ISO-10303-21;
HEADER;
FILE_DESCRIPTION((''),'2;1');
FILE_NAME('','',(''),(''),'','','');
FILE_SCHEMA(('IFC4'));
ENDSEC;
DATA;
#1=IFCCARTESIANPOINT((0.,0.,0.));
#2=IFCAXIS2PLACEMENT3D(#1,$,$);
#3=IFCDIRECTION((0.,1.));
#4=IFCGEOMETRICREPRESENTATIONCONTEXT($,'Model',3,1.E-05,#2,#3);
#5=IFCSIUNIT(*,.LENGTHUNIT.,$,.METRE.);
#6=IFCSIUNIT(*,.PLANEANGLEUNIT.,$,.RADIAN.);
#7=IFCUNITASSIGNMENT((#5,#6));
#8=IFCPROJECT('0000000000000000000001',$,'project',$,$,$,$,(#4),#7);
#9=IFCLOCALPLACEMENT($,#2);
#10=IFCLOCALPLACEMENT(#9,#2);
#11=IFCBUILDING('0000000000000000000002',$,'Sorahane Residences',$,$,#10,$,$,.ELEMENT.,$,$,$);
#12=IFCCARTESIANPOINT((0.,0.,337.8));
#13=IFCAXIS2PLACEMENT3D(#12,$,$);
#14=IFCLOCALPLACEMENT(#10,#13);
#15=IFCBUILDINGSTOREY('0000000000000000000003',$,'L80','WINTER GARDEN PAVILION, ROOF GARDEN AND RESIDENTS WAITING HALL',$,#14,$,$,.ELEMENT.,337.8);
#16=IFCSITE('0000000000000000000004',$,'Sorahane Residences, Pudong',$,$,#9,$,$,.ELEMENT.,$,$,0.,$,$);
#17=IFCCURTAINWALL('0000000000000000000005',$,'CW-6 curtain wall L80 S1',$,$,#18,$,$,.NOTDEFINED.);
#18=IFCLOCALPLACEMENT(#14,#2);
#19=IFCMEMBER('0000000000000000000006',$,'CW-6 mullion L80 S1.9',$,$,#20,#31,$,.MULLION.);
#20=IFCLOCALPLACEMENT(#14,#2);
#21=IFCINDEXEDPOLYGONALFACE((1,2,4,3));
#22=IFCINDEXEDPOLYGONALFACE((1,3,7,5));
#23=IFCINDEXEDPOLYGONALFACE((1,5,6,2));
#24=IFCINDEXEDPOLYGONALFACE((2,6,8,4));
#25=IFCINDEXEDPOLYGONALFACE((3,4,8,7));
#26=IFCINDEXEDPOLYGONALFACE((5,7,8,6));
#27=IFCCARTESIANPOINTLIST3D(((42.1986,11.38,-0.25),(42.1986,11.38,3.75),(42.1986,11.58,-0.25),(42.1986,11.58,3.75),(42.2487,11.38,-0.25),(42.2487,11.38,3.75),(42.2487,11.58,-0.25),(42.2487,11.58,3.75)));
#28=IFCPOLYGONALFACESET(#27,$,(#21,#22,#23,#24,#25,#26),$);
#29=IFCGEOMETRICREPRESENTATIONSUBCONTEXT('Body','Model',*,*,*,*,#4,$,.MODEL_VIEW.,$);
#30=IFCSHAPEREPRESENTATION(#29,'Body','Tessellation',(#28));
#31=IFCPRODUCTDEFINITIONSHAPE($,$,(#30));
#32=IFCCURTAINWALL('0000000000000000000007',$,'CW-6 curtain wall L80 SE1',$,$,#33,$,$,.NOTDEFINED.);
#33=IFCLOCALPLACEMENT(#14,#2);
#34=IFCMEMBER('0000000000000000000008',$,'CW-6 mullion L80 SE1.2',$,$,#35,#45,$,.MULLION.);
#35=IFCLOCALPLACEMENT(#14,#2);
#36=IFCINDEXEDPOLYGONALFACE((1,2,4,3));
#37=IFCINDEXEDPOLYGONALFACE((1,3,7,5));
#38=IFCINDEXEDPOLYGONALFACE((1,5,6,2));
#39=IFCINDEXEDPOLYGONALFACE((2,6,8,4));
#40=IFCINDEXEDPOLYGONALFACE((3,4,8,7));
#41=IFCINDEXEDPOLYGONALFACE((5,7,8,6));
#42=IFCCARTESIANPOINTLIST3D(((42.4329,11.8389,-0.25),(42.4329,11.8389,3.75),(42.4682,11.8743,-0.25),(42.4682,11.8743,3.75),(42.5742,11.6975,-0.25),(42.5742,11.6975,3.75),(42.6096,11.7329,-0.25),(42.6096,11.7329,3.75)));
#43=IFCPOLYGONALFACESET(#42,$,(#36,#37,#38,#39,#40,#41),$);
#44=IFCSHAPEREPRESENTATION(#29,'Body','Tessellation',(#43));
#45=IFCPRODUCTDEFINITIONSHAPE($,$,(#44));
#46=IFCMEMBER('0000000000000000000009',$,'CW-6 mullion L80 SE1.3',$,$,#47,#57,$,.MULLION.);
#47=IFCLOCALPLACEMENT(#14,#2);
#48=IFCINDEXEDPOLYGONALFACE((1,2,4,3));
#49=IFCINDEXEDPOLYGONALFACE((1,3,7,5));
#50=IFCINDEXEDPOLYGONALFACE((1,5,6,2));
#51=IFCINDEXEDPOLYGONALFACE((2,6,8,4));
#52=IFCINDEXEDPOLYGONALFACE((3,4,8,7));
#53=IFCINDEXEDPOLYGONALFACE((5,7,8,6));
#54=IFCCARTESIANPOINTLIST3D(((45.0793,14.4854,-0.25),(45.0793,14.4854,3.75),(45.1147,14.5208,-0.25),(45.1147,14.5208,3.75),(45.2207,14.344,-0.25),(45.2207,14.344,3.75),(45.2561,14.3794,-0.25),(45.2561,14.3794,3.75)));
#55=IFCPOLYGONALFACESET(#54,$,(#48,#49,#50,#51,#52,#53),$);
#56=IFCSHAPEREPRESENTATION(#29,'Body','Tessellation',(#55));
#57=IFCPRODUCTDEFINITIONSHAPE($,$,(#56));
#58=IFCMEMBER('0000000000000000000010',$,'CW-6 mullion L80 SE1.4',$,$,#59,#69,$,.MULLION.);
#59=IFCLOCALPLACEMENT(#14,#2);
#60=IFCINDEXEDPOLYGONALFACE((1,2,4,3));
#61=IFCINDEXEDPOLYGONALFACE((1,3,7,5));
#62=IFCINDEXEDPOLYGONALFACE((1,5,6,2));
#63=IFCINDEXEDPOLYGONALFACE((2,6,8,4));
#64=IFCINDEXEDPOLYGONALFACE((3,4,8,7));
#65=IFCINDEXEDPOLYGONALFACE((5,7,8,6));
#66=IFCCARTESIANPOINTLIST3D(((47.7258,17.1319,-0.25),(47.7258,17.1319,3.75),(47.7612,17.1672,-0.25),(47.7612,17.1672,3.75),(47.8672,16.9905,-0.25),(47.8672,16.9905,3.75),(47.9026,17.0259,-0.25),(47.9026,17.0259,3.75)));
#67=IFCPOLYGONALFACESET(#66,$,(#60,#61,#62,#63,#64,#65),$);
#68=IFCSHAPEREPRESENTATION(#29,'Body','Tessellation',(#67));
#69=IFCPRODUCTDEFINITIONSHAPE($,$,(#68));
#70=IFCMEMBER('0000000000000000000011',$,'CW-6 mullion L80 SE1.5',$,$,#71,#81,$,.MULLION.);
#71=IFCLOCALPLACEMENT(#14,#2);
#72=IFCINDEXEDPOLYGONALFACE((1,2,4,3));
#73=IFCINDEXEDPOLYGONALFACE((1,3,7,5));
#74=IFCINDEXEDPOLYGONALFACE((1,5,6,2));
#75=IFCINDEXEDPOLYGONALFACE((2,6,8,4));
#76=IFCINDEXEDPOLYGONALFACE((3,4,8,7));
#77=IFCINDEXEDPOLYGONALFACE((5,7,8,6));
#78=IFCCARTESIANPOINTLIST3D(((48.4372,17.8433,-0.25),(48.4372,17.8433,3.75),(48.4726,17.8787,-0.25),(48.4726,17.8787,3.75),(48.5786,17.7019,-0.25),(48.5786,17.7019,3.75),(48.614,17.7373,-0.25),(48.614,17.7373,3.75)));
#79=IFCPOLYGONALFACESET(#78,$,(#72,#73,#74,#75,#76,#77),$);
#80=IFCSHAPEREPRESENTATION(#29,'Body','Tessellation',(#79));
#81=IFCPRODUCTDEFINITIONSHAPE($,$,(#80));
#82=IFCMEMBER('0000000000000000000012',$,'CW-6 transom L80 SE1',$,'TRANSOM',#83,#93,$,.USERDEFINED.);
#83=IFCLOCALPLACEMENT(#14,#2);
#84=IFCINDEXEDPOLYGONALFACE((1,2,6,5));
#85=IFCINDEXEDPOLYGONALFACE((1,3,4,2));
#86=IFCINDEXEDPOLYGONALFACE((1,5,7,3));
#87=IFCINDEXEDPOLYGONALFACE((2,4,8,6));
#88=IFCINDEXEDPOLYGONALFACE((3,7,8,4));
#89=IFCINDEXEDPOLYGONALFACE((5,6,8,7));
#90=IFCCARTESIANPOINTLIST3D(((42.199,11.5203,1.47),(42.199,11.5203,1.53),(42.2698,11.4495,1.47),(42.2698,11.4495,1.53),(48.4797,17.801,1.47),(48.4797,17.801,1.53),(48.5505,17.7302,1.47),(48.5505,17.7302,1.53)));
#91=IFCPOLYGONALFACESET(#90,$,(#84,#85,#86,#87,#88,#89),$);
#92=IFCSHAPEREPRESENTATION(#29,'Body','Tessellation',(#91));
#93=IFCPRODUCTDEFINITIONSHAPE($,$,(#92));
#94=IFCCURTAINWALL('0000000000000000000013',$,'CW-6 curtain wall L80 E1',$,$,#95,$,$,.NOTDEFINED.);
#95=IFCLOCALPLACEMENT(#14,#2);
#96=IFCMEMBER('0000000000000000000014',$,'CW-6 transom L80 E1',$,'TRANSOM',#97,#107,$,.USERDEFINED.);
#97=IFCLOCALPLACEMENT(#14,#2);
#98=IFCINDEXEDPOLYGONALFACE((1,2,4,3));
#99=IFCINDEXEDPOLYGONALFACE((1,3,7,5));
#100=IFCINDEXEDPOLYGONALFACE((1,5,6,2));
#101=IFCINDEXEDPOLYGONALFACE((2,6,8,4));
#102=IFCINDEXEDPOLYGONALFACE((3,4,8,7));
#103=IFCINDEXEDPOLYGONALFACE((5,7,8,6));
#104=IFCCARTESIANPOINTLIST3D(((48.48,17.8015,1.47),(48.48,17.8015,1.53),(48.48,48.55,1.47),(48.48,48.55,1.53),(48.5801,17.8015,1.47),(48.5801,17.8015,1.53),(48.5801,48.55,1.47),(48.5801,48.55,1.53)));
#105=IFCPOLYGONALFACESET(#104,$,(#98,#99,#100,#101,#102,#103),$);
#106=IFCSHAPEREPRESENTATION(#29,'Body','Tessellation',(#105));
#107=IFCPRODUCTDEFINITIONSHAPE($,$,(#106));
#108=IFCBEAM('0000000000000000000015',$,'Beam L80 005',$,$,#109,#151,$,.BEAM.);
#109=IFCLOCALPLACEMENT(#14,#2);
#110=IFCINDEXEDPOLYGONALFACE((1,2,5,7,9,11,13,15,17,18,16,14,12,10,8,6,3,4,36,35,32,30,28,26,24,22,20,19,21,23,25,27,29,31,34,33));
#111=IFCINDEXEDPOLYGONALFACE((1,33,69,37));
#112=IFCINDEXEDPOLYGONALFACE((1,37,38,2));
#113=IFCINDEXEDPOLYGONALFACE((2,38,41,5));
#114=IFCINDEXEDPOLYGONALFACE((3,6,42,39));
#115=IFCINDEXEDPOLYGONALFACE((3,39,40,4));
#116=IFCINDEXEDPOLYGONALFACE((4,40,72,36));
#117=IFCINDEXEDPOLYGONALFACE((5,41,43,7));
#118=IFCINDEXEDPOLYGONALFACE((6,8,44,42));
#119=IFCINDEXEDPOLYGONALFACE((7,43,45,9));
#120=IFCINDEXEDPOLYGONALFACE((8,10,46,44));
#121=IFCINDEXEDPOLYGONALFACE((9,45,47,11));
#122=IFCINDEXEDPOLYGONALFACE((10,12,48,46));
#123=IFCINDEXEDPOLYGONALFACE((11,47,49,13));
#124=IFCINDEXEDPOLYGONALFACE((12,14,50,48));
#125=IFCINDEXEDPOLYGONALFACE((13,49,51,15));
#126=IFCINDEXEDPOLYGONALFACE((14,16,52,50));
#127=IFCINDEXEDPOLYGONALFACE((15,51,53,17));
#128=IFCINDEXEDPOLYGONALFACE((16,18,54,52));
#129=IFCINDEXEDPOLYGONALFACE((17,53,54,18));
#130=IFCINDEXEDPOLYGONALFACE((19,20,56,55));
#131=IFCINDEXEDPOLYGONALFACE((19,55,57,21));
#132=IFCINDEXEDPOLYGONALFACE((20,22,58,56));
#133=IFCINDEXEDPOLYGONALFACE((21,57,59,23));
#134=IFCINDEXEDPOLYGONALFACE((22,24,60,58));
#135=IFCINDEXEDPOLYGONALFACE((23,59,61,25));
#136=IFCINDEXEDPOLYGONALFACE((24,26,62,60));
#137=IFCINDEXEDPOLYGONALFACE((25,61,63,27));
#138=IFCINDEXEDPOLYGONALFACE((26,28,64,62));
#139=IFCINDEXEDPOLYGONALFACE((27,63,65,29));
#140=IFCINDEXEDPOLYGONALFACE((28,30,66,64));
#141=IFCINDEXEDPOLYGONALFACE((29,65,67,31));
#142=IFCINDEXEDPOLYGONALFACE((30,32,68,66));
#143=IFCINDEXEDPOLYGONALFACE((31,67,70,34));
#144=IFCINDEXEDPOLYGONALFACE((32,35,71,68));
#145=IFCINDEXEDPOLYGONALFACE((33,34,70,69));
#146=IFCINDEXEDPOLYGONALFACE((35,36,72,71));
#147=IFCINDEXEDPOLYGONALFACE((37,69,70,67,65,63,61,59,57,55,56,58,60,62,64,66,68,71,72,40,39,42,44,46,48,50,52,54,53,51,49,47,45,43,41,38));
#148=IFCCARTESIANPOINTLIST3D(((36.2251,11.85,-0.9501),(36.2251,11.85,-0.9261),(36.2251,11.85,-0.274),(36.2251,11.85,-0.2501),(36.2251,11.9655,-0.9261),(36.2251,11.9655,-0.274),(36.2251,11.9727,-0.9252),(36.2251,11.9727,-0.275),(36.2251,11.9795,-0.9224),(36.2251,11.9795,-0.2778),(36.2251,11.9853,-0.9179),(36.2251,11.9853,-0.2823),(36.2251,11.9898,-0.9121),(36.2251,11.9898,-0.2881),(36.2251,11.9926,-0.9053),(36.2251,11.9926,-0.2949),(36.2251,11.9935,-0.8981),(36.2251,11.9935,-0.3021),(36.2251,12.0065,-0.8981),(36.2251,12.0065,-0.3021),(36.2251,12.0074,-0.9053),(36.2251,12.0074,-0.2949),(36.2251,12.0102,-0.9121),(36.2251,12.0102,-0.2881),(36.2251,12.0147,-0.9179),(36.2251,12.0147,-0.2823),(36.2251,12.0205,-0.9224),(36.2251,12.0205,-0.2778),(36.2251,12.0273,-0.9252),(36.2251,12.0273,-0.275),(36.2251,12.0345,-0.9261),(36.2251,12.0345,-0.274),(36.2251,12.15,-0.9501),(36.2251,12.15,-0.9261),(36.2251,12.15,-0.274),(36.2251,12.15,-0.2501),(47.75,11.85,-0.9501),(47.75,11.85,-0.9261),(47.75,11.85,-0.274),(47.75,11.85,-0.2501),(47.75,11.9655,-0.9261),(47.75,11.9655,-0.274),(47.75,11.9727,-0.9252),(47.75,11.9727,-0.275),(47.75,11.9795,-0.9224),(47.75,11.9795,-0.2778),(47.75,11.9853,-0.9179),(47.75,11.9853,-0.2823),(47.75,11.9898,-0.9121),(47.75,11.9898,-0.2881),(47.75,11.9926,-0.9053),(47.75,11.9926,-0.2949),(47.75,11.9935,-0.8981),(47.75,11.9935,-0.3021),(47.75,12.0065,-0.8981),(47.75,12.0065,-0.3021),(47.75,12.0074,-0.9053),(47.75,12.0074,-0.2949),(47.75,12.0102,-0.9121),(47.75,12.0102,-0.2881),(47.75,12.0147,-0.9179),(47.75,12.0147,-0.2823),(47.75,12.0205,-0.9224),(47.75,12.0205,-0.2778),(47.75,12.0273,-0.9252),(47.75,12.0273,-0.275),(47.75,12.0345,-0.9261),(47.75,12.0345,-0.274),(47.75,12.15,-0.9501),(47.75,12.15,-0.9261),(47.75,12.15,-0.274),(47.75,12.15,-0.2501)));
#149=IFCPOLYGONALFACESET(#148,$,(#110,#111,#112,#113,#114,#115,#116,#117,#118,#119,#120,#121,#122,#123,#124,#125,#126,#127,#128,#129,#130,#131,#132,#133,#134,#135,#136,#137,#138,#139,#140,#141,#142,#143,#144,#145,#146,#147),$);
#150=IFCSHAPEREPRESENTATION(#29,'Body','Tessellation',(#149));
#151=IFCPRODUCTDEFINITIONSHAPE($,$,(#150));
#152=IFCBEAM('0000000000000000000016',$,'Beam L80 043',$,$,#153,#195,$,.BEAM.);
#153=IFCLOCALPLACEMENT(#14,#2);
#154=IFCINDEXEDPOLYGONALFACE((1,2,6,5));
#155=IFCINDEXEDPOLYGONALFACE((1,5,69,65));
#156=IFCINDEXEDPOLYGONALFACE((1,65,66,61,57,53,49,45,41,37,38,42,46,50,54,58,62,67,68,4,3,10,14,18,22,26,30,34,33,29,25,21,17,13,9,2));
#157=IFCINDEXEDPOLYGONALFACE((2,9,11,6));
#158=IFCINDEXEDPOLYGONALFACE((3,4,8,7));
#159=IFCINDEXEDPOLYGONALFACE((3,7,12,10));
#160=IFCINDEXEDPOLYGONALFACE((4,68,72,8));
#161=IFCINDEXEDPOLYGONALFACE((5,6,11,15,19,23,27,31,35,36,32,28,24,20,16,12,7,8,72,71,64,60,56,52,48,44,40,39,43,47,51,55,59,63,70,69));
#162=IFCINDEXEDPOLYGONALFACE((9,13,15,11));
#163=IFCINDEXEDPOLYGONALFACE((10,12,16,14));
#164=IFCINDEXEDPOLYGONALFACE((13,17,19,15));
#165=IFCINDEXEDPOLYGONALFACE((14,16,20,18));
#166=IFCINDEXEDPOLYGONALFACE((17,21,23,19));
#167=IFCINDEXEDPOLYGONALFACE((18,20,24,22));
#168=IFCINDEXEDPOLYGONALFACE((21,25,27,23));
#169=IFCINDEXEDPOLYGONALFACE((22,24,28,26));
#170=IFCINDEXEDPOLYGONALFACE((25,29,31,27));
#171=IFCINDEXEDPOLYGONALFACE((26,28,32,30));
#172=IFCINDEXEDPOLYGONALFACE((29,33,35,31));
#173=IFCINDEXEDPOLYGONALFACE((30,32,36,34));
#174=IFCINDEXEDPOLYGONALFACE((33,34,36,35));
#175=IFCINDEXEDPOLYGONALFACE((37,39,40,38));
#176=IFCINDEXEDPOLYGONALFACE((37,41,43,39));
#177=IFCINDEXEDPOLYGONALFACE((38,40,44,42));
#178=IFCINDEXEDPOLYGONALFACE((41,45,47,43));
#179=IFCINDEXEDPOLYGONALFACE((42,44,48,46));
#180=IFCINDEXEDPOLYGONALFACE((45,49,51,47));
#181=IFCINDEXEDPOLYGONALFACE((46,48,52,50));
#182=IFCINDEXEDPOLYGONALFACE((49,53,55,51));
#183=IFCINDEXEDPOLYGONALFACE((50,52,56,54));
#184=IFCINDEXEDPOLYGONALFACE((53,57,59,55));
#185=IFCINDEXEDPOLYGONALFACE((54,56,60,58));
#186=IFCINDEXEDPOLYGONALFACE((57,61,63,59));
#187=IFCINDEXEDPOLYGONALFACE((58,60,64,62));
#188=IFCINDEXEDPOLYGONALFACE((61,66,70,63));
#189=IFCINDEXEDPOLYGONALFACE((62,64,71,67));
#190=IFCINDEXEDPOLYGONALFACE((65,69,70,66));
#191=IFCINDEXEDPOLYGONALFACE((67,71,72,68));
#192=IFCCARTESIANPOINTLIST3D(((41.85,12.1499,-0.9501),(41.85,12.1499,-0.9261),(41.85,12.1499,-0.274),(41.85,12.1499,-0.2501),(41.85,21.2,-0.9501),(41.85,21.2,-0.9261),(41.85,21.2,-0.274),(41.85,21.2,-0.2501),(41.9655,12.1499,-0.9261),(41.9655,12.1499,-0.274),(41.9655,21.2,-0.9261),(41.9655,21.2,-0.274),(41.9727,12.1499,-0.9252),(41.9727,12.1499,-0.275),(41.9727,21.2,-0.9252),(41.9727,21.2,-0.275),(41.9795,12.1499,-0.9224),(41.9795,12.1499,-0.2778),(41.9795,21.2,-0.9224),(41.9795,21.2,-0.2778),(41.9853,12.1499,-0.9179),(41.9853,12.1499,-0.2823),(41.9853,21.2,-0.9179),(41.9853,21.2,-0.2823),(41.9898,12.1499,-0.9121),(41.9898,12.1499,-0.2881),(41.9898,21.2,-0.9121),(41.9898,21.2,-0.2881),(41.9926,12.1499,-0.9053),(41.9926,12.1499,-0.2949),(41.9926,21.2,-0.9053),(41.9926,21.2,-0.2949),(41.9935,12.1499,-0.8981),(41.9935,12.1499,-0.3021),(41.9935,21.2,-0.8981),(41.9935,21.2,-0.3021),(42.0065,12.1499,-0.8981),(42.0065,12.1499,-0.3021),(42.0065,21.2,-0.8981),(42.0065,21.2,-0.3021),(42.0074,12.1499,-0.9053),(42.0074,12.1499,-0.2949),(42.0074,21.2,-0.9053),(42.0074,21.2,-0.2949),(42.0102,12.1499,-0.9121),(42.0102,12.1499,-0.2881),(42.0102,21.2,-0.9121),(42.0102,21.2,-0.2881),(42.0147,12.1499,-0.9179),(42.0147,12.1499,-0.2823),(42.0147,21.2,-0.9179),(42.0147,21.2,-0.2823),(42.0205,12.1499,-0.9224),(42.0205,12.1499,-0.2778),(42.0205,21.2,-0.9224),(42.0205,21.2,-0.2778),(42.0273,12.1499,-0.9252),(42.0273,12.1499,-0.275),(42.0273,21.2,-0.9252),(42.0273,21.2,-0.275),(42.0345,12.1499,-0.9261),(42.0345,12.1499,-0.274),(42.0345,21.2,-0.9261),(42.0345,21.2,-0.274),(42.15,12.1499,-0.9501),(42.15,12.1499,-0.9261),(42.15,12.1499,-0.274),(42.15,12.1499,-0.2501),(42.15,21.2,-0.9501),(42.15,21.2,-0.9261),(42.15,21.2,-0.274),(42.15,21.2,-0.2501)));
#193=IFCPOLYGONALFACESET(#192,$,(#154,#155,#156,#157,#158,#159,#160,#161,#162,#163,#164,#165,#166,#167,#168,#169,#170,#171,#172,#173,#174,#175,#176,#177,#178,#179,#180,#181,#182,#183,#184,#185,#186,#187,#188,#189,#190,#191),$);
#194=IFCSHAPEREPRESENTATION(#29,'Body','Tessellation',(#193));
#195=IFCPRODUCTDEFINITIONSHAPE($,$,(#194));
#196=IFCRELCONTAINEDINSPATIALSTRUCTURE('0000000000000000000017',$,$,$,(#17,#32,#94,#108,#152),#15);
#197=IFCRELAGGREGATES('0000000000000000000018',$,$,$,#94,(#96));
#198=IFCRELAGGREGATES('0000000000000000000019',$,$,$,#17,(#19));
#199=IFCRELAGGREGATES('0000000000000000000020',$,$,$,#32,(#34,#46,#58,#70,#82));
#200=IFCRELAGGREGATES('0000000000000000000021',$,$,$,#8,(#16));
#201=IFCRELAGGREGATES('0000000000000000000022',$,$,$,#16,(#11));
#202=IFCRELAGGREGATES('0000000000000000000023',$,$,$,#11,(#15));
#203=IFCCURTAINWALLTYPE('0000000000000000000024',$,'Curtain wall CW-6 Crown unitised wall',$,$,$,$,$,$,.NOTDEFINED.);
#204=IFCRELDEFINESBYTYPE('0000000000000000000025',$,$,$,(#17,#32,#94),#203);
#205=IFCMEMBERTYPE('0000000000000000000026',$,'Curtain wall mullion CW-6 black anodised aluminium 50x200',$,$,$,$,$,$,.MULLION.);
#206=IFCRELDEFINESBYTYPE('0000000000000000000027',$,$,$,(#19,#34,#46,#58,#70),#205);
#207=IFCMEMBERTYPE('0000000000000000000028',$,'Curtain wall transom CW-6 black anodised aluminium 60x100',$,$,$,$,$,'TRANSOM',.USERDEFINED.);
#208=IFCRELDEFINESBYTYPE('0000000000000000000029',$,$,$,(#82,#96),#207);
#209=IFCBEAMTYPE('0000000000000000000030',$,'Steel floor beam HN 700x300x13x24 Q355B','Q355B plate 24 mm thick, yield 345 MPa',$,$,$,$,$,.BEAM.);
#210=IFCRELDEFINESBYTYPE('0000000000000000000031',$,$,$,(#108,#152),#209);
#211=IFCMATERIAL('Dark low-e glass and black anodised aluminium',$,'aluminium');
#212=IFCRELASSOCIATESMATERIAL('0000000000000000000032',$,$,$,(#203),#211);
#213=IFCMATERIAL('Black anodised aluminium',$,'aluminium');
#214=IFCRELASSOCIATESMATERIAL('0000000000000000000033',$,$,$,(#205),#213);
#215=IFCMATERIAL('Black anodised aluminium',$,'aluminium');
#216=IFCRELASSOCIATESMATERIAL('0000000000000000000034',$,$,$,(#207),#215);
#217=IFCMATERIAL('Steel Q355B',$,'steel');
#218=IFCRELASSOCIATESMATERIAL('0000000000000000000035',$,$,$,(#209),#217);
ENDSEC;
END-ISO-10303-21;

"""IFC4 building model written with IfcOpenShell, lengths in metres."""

from ifc_helpers import new_model, si_unit, direction, frame, origin, origin_2d, place, context, subcontext, project, spatial, rectangle, i_section, extrude, material, material_profile, profile_set, type_object, element, aggregate, save


model = new_model("IFC4")

# Units and contexts
model_context = context("Model", 3, precision=1e-05, world=origin(), true_north=direction((0.0, 1.0)))
body_context = subcontext(model_context, "Body", "Model", "MODEL_VIEW")
ifc_project = project(units=[si_unit("LENGTHUNIT", "METRE"), si_unit("PLANEANGLEUNIT", "RADIAN")], contexts=[model_context])

# Site, building, storey
site_placement = place(None, origin())
site = spatial("IfcSite", under=ifc_project, at=site_placement, Name="Sorahane Residences, Pudong", CompositionType="ELEMENT", RefElevation=0.0)
building_placement = place(site_placement, origin())
building = spatial("IfcBuilding", under=site, at=building_placement, Name="Sorahane Residences", CompositionType="ELEMENT")
storey_placement = place(building_placement, frame((0.0, 0.0, 337.8)))
storey = spatial("IfcBuildingStorey", under=building, at=storey_placement, Name="L80", Description="WINTER GARDEN PAVILION, ROOF GARDEN AND RESIDENTS WAITING HALL", CompositionType="ELEMENT", Elevation=337.8)

# Curtain wall, member
ifc_material_1 = material(Name="Dark low-e glass and black anodised aluminium", Category="aluminium")
curtain_wall_type = type_object("IfcCurtainWallType", Name="Curtain wall CW-6 Crown unitised wall", PredefinedType="NOTDEFINED", material=ifc_material_1)
curtain_wall_1_placement = place(storey_placement, origin())
curtain_wall_1 = element("IfcCurtainWall", 1, at=curtain_wall_1_placement, inside=storey, type_object=curtain_wall_type, Name="CW-6 curtain wall L80 S1", PredefinedType="NOTDEFINED")
ifc_material_2 = material(Name="Black anodised aluminium", Category="aluminium")
ifc_material_profile_1 = material_profile(ifc_material_2, rectangle(XDim=0.2, YDim=0.05, at=origin_2d()), Name="Curtain wall mullion CW-6 black anodised aluminium 50x200")
ifc_profile_set_1 = profile_set([ifc_material_profile_1], Name="Black anodised aluminium")
member_type_1 = type_object("IfcMemberType", Name="Curtain wall mullion CW-6 black anodised aluminium 50x200", PredefinedType="MULLION", material=ifc_profile_set_1)
member_1_placement = place(storey_placement, frame((42.2236, 11.48, -0.25), z_axis=(0.0, 0.0, 1.0), x_axis=(0.0, -1.0, 0.0)))
member_1 = element("IfcMember", 2, at=member_1_placement, type_object=member_type_1, Name="CW-6 mullion L80 S1.9", PredefinedType="MULLION", context=body_context, shape_type="SweptSolid", body=[
    extrude(rectangle(XDim=0.2, YDim=0.05, at=origin_2d()), origin(), (0.0, 0.0, 1.0), 4.0),
])

# Curtain wall, members
curtain_wall_2_placement = place(storey_placement, origin())
curtain_wall_2 = element("IfcCurtainWall", 3, at=curtain_wall_2_placement, inside=storey, type_object=curtain_wall_type, Name="CW-6 curtain wall L80 SE1", PredefinedType="NOTDEFINED")
member_2_placement = place(storey_placement, frame((42.5212, 11.7859, -0.25), z_axis=(0.0, 0.0, 1.0), x_axis=(0.707107, -0.707107, 0.0)))
member_2 = element("IfcMember", 4, at=member_2_placement, type_object=member_type_1, Name="CW-6 mullion L80 SE1.2", PredefinedType="MULLION", context=body_context, shape_type="SweptSolid", body=[
    extrude(rectangle(XDim=0.2, YDim=0.05, at=origin_2d()), origin(), (0.0, 0.0, 1.0), 4.0),
])
member_3_placement = place(storey_placement, frame((45.1677, 14.4324, -0.25), z_axis=(0.0, 0.0, 1.0), x_axis=(0.707107, -0.707107, 0.0)))
member_3 = element("IfcMember", 5, at=member_3_placement, type_object=member_type_1, Name="CW-6 mullion L80 SE1.3", PredefinedType="MULLION", context=body_context, shape_type="SweptSolid", body=[
    extrude(rectangle(XDim=0.2, YDim=0.05, at=origin_2d()), origin(), (0.0, 0.0, 1.0), 4.0),
])
member_4_placement = place(storey_placement, frame((47.8142, 17.0789, -0.25), z_axis=(0.0, 0.0, 1.0), x_axis=(0.707107, -0.707107, 0.0)))
member_4 = element("IfcMember", 6, at=member_4_placement, type_object=member_type_1, Name="CW-6 mullion L80 SE1.4", PredefinedType="MULLION", context=body_context, shape_type="SweptSolid", body=[
    extrude(rectangle(XDim=0.2, YDim=0.05, at=origin_2d()), origin(), (0.0, 0.0, 1.0), 4.0),
])
member_5_placement = place(storey_placement, frame((48.5256, 17.7903, -0.25), z_axis=(0.0, 0.0, 1.0), x_axis=(0.707107, -0.707107, 0.0)))
member_5 = element("IfcMember", 7, at=member_5_placement, type_object=member_type_1, Name="CW-6 mullion L80 SE1.5", PredefinedType="MULLION", context=body_context, shape_type="SweptSolid", body=[
    extrude(rectangle(XDim=0.2, YDim=0.05, at=origin_2d()), origin(), (0.0, 0.0, 1.0), 4.0),
])
ifc_material_3 = material(Name="Black anodised aluminium", Category="aluminium")
ifc_material_profile_2 = material_profile(ifc_material_3, rectangle(XDim=0.1001, YDim=0.0601, at=origin_2d()), Name="Curtain wall transom CW-6 black anodised aluminium 60x100")
ifc_profile_set_2 = profile_set([ifc_material_profile_2], Name="Black anodised aluminium")
member_type_2 = type_object("IfcMemberType", Name="Curtain wall transom CW-6 black anodised aluminium 60x100", ElementType="TRANSOM", PredefinedType="USERDEFINED", material=ifc_profile_set_2)
member_6_placement = place(storey_placement, frame((42.2344, 11.4849, 1.5), z_axis=(0.707107, 0.707107, 0.0), x_axis=(-0.707107, 0.707107, 0.0)))
member_6 = element("IfcMember", 8, at=member_6_placement, type_object=member_type_2, Name="CW-6 transom L80 SE1", ObjectType="TRANSOM", PredefinedType="USERDEFINED", context=body_context, shape_type="SweptSolid", body=[
    extrude(rectangle(XDim=0.1001, YDim=0.0601, at=origin_2d()), origin(), (0.0, 0.0, 1.0), 8.8823),
])

# Curtain wall, member
curtain_wall_3_placement = place(storey_placement, origin())
curtain_wall_3 = element("IfcCurtainWall", 9, at=curtain_wall_3_placement, inside=storey, type_object=curtain_wall_type, Name="CW-6 curtain wall L80 E1", PredefinedType="NOTDEFINED")
member_7_placement = place(storey_placement, frame((48.53, 17.8015, 1.5), z_axis=(0.0, 1.0, 0.0), x_axis=(-1.0, 0.0, 0.0)))
member_7 = element("IfcMember", 10, at=member_7_placement, type_object=member_type_2, Name="CW-6 transom L80 E1", ObjectType="TRANSOM", PredefinedType="USERDEFINED", context=body_context, shape_type="SweptSolid", body=[
    extrude(rectangle(XDim=0.1001, YDim=0.0601, at=origin_2d()), origin(), (0.0, 0.0, 1.0), 30.7485),
])
aggregate(curtain_wall_3, [member_7])

# Beams
ifc_material_4 = material(Name="Steel Q355B", Category="steel")
ifc_material_profile_3 = material_profile(ifc_material_4, i_section(OverallWidth=0.3, OverallDepth=0.7, WebThickness=0.0129, FlangeThickness=0.0239, FilletRadius=0.0281, at=origin_2d()), Name="HN 700x300x13x24")
ifc_profile_set_3 = profile_set([ifc_material_profile_3], Name="Steel Q355B")
beam_type = type_object("IfcBeamType", Name="Steel floor beam HN 700x300x13x24 Q355B", Description="Q355B plate 24 mm thick, yield 345 MPa", PredefinedType="BEAM", material=ifc_profile_set_3)
beam_1_placement = place(storey_placement, frame((36.2251, 12.0, -0.6001), z_axis=(1.0, 0.0, 0.0), x_axis=(0.0, 1.0, 0.0)))
element("IfcBeam", 11, at=beam_1_placement, inside=storey, type_object=beam_type, Name="Beam L80 005", PredefinedType="BEAM", context=body_context, shape_type="SweptSolid", body=[
    extrude(i_section(OverallWidth=0.3, OverallDepth=0.7, WebThickness=0.0129, FlangeThickness=0.0239, FilletRadius=0.0281, at=origin_2d()), origin(), (0.0, 0.0, 1.0), 11.5249),
])
beam_2_placement = place(storey_placement, frame((42.0, 12.1499, -0.6001), z_axis=(0.0, 1.0, 0.0), x_axis=(-1.0, 0.0, 0.0)))
element("IfcBeam", 12, at=beam_2_placement, inside=storey, type_object=beam_type, Name="Beam L80 043", PredefinedType="BEAM", context=body_context, shape_type="SweptSolid", body=[
    extrude(i_section(OverallWidth=0.3, OverallDepth=0.7, WebThickness=0.0129, FlangeThickness=0.0239, FilletRadius=0.0281, at=origin_2d()), origin(), (0.0, 0.0, 1.0), 9.05),
])

aggregate(curtain_wall_1, [member_1])
aggregate(curtain_wall_2, [member_2, member_3, member_4, member_5, member_6])

save(model, "model.ifc")
